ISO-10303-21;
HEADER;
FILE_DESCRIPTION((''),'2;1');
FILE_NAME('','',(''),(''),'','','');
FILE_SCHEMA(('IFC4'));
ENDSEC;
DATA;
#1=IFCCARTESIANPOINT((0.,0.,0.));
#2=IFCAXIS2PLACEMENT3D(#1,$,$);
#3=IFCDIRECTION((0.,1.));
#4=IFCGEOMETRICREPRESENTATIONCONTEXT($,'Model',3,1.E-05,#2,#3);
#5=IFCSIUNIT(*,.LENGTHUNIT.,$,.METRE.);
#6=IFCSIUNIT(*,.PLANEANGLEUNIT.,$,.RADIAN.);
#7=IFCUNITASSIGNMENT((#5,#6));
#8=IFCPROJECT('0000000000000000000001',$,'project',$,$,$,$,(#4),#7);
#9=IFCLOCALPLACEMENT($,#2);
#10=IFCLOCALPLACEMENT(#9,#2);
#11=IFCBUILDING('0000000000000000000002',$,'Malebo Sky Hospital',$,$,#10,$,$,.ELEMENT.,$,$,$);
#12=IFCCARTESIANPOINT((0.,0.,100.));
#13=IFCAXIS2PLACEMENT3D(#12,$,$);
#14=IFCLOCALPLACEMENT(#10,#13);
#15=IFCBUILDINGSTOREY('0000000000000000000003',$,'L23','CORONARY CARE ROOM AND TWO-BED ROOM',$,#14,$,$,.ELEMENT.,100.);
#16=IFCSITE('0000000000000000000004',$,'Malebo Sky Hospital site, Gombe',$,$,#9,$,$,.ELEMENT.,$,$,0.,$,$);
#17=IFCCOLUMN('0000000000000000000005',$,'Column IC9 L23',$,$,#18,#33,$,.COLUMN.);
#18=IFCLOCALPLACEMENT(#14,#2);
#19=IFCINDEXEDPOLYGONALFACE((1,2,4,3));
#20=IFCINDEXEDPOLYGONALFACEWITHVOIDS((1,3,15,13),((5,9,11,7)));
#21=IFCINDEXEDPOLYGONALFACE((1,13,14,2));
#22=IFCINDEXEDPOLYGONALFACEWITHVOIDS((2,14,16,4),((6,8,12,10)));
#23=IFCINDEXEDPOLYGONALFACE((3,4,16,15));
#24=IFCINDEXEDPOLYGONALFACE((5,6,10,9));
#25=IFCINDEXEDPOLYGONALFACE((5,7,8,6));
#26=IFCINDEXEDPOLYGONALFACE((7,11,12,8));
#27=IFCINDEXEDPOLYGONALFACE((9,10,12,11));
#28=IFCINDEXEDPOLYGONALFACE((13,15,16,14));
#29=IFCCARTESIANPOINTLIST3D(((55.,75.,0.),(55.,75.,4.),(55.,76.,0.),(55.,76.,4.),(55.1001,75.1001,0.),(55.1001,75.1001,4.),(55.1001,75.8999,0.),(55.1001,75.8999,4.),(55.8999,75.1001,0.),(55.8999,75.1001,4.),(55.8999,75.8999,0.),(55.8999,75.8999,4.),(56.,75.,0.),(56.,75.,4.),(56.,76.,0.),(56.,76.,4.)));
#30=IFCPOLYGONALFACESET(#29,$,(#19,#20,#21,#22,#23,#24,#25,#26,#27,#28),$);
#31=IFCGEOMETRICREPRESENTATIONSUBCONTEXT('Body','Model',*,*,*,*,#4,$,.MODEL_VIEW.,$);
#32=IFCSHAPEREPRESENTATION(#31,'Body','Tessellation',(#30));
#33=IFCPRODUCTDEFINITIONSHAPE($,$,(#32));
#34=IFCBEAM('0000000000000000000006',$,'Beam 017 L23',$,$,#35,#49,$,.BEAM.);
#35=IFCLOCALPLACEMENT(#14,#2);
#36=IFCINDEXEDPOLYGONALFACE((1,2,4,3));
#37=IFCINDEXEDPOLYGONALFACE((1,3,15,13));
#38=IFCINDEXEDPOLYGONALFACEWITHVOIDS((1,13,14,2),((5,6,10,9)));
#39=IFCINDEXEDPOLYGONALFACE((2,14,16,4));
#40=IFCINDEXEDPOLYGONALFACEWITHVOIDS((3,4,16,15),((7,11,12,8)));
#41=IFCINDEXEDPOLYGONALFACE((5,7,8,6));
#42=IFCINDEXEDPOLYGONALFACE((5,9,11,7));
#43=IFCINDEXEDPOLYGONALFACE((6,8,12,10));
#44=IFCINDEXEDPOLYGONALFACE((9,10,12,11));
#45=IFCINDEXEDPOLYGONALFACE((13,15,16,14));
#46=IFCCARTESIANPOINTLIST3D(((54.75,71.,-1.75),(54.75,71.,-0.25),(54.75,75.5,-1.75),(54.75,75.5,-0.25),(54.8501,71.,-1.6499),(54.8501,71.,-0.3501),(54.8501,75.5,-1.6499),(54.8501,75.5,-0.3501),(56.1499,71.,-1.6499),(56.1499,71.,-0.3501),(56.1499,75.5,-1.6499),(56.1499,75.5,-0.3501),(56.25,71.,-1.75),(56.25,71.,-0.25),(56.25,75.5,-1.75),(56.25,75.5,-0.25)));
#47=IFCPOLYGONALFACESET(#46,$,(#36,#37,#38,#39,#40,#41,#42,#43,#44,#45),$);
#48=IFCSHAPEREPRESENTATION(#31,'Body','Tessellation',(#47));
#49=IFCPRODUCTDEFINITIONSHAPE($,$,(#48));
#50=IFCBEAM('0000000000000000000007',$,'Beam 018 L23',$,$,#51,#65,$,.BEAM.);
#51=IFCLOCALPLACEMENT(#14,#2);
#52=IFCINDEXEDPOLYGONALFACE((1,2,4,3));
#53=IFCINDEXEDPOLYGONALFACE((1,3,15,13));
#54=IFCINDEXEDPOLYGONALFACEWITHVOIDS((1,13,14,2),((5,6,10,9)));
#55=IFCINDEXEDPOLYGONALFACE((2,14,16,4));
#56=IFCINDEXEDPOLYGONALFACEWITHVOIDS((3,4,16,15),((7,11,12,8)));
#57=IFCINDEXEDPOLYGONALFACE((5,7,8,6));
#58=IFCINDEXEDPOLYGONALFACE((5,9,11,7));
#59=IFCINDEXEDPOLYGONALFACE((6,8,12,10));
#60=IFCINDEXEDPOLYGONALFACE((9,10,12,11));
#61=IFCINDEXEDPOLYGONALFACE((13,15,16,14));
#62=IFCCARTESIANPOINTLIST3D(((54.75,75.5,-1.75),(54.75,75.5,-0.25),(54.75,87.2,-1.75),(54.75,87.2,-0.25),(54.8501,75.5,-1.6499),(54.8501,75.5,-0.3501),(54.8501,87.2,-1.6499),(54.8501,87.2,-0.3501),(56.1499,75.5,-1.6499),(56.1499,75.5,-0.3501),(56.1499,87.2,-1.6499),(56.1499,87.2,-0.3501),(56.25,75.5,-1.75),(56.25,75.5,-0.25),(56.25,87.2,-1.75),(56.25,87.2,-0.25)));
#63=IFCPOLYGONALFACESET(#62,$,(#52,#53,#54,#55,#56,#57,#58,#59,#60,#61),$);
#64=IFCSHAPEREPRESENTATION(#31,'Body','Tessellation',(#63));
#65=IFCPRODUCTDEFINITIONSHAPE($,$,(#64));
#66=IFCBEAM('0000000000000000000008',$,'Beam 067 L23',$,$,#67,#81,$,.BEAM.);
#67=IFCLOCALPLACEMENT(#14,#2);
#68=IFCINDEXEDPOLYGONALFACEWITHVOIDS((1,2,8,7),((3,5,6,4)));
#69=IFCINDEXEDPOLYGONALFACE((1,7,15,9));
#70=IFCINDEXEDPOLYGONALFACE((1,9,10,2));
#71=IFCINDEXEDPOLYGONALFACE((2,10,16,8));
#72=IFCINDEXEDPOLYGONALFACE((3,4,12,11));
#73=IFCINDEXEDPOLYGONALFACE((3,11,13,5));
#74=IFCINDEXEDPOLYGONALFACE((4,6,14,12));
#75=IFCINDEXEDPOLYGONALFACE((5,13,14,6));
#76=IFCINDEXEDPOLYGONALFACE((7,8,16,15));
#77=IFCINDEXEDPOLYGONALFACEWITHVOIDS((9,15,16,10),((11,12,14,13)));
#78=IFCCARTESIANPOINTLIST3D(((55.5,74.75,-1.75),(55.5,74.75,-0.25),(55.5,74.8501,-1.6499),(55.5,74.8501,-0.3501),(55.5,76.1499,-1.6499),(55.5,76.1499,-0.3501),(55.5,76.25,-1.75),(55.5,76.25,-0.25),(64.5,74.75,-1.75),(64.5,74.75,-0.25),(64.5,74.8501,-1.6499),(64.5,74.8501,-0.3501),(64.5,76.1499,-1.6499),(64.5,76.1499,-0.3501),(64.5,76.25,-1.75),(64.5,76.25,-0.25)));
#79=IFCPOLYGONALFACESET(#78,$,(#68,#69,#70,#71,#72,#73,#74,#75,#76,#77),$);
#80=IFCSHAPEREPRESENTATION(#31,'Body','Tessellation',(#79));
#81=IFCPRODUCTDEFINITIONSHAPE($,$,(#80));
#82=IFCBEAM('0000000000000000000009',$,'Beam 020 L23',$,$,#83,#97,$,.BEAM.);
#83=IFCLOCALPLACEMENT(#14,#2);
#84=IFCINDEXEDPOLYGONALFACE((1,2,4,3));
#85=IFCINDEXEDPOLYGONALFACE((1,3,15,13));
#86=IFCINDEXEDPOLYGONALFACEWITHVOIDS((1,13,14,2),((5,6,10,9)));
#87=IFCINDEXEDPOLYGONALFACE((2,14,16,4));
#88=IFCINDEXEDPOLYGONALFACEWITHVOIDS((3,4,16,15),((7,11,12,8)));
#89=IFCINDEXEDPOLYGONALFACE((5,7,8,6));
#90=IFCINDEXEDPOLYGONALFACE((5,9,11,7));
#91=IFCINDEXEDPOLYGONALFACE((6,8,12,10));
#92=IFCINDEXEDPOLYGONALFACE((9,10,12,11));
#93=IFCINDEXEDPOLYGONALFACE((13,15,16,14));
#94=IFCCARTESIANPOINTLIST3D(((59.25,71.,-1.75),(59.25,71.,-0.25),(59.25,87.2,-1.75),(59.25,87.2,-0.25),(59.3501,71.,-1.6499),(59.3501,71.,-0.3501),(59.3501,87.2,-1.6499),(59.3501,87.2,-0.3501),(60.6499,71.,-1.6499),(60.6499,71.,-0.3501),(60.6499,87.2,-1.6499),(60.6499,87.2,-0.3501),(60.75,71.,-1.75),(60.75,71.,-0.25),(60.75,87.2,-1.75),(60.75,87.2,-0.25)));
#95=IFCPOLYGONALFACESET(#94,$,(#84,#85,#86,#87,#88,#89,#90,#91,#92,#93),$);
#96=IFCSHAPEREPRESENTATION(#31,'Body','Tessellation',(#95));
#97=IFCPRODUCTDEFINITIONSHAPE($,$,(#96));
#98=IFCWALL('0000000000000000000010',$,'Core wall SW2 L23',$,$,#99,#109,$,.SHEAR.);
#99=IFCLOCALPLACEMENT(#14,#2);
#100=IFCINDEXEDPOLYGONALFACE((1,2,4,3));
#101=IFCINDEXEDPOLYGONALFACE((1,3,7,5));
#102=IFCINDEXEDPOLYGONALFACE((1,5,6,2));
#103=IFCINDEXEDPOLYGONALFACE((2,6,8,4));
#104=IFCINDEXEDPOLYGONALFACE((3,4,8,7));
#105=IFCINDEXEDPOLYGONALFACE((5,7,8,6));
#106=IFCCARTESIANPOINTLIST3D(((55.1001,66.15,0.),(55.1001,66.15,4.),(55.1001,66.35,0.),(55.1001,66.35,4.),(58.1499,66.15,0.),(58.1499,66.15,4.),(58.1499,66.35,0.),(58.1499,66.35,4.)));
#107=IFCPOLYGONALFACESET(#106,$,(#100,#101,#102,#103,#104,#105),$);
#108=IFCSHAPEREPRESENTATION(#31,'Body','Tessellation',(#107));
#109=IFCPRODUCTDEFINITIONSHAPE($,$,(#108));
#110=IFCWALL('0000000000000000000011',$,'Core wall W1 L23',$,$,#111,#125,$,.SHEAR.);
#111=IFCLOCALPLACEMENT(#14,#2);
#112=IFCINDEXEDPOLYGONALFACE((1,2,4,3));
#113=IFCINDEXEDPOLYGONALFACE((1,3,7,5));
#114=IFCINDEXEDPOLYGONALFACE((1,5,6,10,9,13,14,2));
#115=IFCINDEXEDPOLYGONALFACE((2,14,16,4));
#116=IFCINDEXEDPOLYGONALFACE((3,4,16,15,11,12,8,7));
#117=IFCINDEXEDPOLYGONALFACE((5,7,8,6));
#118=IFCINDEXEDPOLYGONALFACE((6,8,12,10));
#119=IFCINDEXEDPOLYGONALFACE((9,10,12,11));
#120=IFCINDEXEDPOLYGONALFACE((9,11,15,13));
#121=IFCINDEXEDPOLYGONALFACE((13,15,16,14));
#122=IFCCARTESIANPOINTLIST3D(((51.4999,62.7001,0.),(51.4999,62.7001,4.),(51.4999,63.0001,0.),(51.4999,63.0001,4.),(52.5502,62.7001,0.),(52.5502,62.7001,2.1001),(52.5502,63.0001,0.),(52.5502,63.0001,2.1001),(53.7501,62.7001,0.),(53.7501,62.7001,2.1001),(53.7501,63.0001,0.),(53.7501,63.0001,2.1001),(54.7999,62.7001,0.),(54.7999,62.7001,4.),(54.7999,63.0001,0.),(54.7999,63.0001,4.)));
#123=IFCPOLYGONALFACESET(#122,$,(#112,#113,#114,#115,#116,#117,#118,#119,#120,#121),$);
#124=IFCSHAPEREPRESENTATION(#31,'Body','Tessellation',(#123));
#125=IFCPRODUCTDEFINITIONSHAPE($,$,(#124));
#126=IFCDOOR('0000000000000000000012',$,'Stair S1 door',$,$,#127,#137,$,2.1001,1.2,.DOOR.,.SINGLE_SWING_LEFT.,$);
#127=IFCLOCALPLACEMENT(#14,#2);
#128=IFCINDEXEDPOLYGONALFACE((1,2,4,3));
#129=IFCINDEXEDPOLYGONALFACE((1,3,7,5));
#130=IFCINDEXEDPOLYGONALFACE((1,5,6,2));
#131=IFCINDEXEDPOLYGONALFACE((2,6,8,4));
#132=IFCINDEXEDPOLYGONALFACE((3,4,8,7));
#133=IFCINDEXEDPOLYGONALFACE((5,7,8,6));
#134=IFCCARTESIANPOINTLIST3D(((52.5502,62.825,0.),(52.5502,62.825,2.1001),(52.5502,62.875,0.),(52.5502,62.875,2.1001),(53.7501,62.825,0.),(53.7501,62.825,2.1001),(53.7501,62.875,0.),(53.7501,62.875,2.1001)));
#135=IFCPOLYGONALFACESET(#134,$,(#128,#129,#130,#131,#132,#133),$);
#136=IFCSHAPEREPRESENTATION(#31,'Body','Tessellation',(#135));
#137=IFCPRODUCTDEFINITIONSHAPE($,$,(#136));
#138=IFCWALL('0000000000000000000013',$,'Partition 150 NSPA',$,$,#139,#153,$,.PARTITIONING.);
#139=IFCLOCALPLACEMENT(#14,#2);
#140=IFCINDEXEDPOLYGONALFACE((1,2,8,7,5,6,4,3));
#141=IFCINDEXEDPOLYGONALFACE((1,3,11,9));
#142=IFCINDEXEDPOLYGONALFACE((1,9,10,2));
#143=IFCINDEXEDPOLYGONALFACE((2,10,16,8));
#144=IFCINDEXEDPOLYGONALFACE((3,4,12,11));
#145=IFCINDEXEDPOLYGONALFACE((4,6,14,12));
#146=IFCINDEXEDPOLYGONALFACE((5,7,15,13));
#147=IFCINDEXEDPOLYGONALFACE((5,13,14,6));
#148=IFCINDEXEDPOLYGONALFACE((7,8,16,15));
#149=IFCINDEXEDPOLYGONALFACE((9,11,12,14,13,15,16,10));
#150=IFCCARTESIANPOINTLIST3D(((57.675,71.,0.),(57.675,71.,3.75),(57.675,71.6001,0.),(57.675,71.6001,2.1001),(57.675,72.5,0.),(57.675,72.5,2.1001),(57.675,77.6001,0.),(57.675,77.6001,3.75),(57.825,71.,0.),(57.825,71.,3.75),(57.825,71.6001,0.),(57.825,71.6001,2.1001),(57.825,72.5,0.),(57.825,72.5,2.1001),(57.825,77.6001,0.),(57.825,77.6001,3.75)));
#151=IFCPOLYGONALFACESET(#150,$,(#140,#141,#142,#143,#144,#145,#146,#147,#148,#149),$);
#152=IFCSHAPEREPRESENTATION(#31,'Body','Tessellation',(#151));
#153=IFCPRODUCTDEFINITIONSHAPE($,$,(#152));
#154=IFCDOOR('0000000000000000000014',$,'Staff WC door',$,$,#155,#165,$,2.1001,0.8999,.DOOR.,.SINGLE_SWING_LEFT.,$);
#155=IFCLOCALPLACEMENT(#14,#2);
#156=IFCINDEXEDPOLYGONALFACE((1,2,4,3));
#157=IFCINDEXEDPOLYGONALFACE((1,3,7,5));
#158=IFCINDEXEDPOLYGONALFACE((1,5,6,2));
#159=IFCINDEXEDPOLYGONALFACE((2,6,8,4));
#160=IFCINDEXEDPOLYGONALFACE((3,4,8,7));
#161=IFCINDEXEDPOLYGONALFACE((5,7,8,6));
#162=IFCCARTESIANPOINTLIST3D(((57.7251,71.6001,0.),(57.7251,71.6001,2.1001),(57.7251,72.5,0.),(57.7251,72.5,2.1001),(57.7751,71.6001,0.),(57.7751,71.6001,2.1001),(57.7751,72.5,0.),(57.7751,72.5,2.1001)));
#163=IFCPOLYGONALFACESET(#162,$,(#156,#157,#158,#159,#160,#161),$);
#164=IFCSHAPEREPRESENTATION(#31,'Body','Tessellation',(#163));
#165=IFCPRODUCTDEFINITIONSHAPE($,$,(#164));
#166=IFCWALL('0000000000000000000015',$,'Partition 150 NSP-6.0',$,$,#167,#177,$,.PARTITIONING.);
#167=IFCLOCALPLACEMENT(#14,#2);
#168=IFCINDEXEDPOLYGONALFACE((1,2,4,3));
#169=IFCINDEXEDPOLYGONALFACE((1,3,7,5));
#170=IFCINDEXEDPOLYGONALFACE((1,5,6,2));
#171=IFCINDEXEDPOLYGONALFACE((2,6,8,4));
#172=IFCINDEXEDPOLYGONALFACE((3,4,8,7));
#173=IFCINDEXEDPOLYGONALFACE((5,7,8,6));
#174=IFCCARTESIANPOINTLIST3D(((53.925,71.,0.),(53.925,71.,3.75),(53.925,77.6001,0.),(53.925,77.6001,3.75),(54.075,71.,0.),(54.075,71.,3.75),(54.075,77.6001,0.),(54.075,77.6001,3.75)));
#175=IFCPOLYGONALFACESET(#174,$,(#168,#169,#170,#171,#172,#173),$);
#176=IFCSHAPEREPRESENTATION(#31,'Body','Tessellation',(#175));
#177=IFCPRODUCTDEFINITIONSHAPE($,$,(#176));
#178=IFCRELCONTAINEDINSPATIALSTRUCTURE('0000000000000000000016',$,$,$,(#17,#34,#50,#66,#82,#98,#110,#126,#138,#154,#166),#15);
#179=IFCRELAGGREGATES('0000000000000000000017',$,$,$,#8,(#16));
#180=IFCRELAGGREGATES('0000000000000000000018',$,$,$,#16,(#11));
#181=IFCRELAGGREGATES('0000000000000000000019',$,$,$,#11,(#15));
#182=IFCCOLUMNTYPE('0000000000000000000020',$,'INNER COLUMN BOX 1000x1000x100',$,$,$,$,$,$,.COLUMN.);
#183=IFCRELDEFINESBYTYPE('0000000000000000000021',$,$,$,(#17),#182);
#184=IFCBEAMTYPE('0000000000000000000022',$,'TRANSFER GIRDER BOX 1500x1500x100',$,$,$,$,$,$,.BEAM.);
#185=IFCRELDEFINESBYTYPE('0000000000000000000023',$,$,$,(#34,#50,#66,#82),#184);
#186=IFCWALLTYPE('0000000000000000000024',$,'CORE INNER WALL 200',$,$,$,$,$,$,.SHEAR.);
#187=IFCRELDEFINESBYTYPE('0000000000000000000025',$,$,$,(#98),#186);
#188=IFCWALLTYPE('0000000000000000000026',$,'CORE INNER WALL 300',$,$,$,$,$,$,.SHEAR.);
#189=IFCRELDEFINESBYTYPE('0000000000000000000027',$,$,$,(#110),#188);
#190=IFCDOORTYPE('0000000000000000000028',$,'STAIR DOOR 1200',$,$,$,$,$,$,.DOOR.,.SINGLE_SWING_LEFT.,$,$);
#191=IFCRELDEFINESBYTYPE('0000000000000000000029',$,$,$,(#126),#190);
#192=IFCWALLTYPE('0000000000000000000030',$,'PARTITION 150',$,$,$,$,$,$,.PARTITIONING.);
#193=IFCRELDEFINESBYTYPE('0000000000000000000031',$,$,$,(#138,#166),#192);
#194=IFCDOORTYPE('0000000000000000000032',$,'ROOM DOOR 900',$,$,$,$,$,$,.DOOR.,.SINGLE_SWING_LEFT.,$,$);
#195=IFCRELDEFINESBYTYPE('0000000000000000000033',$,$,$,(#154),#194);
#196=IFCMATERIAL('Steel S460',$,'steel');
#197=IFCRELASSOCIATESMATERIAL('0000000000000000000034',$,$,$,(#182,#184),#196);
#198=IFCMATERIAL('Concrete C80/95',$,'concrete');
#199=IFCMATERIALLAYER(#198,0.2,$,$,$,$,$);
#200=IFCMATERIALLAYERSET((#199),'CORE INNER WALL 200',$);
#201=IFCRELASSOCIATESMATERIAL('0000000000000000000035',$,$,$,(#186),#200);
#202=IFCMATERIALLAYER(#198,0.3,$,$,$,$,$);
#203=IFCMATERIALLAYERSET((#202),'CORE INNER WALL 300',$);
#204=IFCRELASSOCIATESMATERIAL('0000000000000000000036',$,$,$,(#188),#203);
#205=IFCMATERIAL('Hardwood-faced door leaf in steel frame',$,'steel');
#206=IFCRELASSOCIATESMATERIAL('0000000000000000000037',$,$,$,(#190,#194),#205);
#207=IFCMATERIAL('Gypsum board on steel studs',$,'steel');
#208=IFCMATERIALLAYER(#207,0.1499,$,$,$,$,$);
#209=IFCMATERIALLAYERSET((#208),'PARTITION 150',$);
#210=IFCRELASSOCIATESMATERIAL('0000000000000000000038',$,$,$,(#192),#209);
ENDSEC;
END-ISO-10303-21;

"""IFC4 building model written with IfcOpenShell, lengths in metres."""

from ifc_helpers import new_model, si_unit, direction, frame, frame_2d, origin, origin_2d, place, context, subcontext, project, spatial, rectangle, hollow_rectangle, extrude, material, layer, layer_set, material_profile, profile_set, type_object, element, fill, save


model = new_model("IFC4")

# Units and contexts
model_context = context("Model", 3, precision=1e-05, world=origin(), true_north=direction((0.0, 1.0)))
body_context = subcontext(model_context, "Body", "Model", "MODEL_VIEW")
ifc_project = project(units=[si_unit("LENGTHUNIT", "METRE"), si_unit("PLANEANGLEUNIT", "RADIAN")], contexts=[model_context])

# Site, building, storey
site_placement = place(None, origin())
site = spatial("IfcSite", under=ifc_project, at=site_placement, Name="Malebo Sky Hospital site, Gombe", CompositionType="ELEMENT", RefElevation=0.0)
building_placement = place(site_placement, origin())
building = spatial("IfcBuilding", under=site, at=building_placement, Name="Malebo Sky Hospital", CompositionType="ELEMENT")
storey_placement = place(building_placement, frame((0.0, 0.0, 100.0)))
storey = spatial("IfcBuildingStorey", under=building, at=storey_placement, Name="L23", Description="CORONARY CARE ROOM AND TWO-BED ROOM", CompositionType="ELEMENT", Elevation=100.0)

# Column
ifc_material_1 = material(Name="Steel S460", Category="steel")
ifc_material_profile_1 = material_profile(ifc_material_1, hollow_rectangle(XDim=1.0, YDim=1.0, WallThickness=0.1001, at=origin_2d()), Name="BOX 1000x1000x100")
ifc_profile_set_1 = profile_set([ifc_material_profile_1], Name="Steel S460")
column_type = type_object("IfcColumnType", Name="INNER COLUMN BOX 1000x1000x100", PredefinedType="COLUMN", material=ifc_profile_set_1)
column_placement = place(storey_placement, frame((55.5, 75.5, 0.0), z_axis=(0.0, 0.0, 1.0), x_axis=(1.0, 0.0, 0.0)))
element("IfcColumn", 1, at=column_placement, inside=storey, type_object=column_type, Name="Column IC9 L23", PredefinedType="COLUMN", context=body_context, shape_type="SweptSolid", body=[
    extrude(hollow_rectangle(XDim=1.0, YDim=1.0, WallThickness=0.1001, at=origin_2d()), origin(), (0.0, 0.0, 1.0), 4.0),
])

# Beams
ifc_material_profile_2 = material_profile(ifc_material_1, hollow_rectangle(XDim=1.5, YDim=1.5, WallThickness=0.1001, at=origin_2d()), Name="BOX 1500x1500x100")
ifc_profile_set_2 = profile_set([ifc_material_profile_2], Name="Steel S460")
beam_type = type_object("IfcBeamType", Name="TRANSFER GIRDER BOX 1500x1500x100", PredefinedType="BEAM", material=ifc_profile_set_2)
beam_1_placement = place(storey_placement, frame((55.5, 71.0, -1.0), z_axis=(0.0, 1.0, 0.0), x_axis=(-1.0, 0.0, 0.0)))
element("IfcBeam", 2, at=beam_1_placement, inside=storey, type_object=beam_type, Name="Beam 017 L23", PredefinedType="BEAM", context=body_context, shape_type="SweptSolid", body=[
    extrude(hollow_rectangle(XDim=1.5, YDim=1.5, WallThickness=0.1001, at=origin_2d()), origin(), (0.0, 0.0, 1.0), 4.5),
])
beam_2_placement = place(storey_placement, frame((55.5, 75.5, -1.0), z_axis=(0.0, 1.0, 0.0), x_axis=(-1.0, 0.0, 0.0)))
element("IfcBeam", 3, at=beam_2_placement, inside=storey, type_object=beam_type, Name="Beam 018 L23", PredefinedType="BEAM", context=body_context, shape_type="SweptSolid", body=[
    extrude(hollow_rectangle(XDim=1.5, YDim=1.5, WallThickness=0.1001, at=origin_2d()), origin(), (0.0, 0.0, 1.0), 11.7),
])
beam_3_placement = place(storey_placement, frame((55.5, 75.5, -1.0), z_axis=(1.0, 0.0, 0.0), x_axis=(0.0, 1.0, 0.0)))
element("IfcBeam", 4, at=beam_3_placement, inside=storey, type_object=beam_type, Name="Beam 067 L23", PredefinedType="BEAM", context=body_context, shape_type="SweptSolid", body=[
    extrude(hollow_rectangle(XDim=1.5, YDim=1.5, WallThickness=0.1001, at=origin_2d()), origin(), (0.0, 0.0, 1.0), 9.0),
])
beam_4_placement = place(storey_placement, frame((60.0, 71.0, -1.0), z_axis=(0.0, 1.0, 0.0), x_axis=(-1.0, 0.0, 0.0)))
element("IfcBeam", 5, at=beam_4_placement, inside=storey, type_object=beam_type, Name="Beam 020 L23", PredefinedType="BEAM", context=body_context, shape_type="SweptSolid", body=[
    extrude(hollow_rectangle(XDim=1.5, YDim=1.5, WallThickness=0.1001, at=origin_2d()), origin(), (0.0, 0.0, 1.0), 16.2),
])

# Wall
ifc_material_2 = material(Name="Concrete C80/95", Category="concrete")
ifc_layer_1 = layer(ifc_material_2, 0.2)
ifc_layer_set_1 = layer_set([ifc_layer_1], Name="CORE INNER WALL 200")
wall_type_1 = type_object("IfcWallType", Name="CORE INNER WALL 200", PredefinedType="SHEAR", material=ifc_layer_set_1)
wall_1_placement = place(storey_placement, frame((55.1001, 66.25, 0.0), z_axis=(0.0, 0.0, 1.0), x_axis=(1.0, 0.0, 0.0)))
element("IfcWall", 6, at=wall_1_placement, inside=storey, type_object=wall_type_1, Name="Core wall SW2 L23", PredefinedType="SHEAR", context=body_context, shape_type="SweptSolid", body=[
    extrude(rectangle(XDim=3.0498, YDim=0.2, at=frame_2d((1.5249, 0.0))), origin(), (0.0, 0.0, 1.0), 4.0),
])

# Walls, openings, doors
ifc_layer_2 = layer(ifc_material_2, 0.3)
ifc_layer_set_2 = layer_set([ifc_layer_2], Name="CORE INNER WALL 300")
wall_type_2 = type_object("IfcWallType", Name="CORE INNER WALL 300", PredefinedType="SHEAR", material=ifc_layer_set_2)
wall_2_placement = place(storey_placement, frame((51.5, 62.8501, 0.0), z_axis=(0.0, 0.0, 1.0), x_axis=(1.0, 0.0, 0.0)))
wall_2 = element("IfcWall", 7, at=wall_2_placement, inside=storey, type_object=wall_type_2, Name="Core wall W1 L23", PredefinedType="SHEAR", context=body_context, shape_type="SweptSolid", body=[
    extrude(rectangle(XDim=3.3, YDim=0.3, at=frame_2d((1.6499, 0.0))), origin(), (0.0, 0.0, 1.0), 4.0),
])
opening_1_placement = place(wall_2_placement, frame((1.05, 0.0, 0.0)))
opening_1 = element("IfcOpeningElement", 8, at=opening_1_placement, cuts=wall_2, PredefinedType="OPENING", context=body_context, shape_type="SweptSolid", body=[
    extrude(rectangle(XDim=1.2, YDim=2.1001, at=frame_2d((0.6001, 1.05))), frame((0.0, 0.1599, 0.0), z_axis=(0.0, -1.0, 0.0), x_axis=(1.0, 0.0, 0.0)), (0.0, 0.0, 1.0), 0.3201),
])
ifc_material_3 = material(Name="Hardwood-faced door leaf in steel frame", Category="steel")
door_type_1 = type_object("IfcDoorType", Name="STAIR DOOR 1200", OperationType="SINGLE_SWING_LEFT", PredefinedType="DOOR", material=ifc_material_3)
door_1_placement = place(opening_1_placement, origin())
door_1 = element("IfcDoor", 9, at=door_1_placement, inside=storey, type_object=door_type_1, Name="Stair S1 door", OperationType="SINGLE_SWING_LEFT", OverallHeight=2.1001, OverallWidth=1.2, PredefinedType="DOOR", context=body_context, shape_type="SweptSolid", body=[
    extrude(rectangle(XDim=1.2, YDim=2.1001, at=frame_2d((0.6001, 1.05))), frame((0.0, 0.0249, 0.0), z_axis=(0.0, -1.0, 0.0), x_axis=(1.0, 0.0, 0.0)), (0.0, 0.0, 1.0), 0.05),
])
fill(opening_1, door_1)
ifc_material_4 = material(Name="Gypsum board on steel studs", Category="steel")
ifc_layer_3 = layer(ifc_material_4, 0.1499)
ifc_layer_set_3 = layer_set([ifc_layer_3], Name="PARTITION 150")
wall_type_3 = type_object("IfcWallType", Name="PARTITION 150", PredefinedType="PARTITIONING", material=ifc_layer_set_3)
wall_3_placement = place(storey_placement, frame((57.75, 71.0, 0.0), z_axis=(0.0, 0.0, 1.0), x_axis=(0.0, 1.0, 0.0)))
wall_3 = element("IfcWall", 10, at=wall_3_placement, inside=storey, type_object=wall_type_3, Name="Partition 150 NSPA", PredefinedType="PARTITIONING", context=body_context, shape_type="SweptSolid", body=[
    extrude(rectangle(XDim=6.6001, YDim=0.1499, at=frame_2d((3.3, 0.0))), origin(), (0.0, 0.0, 1.0), 3.75),
])
opening_2_placement = place(wall_3_placement, frame((0.6001, 0.0, 0.0)))
opening_2 = element("IfcOpeningElement", 11, at=opening_2_placement, cuts=wall_3, PredefinedType="OPENING", context=body_context, shape_type="SweptSolid", body=[
    extrude(rectangle(XDim=0.8999, YDim=2.1001, at=frame_2d((0.45, 1.05))), frame((0.0, 0.085, 0.0), z_axis=(0.0, -1.0, 0.0), x_axis=(1.0, 0.0, 0.0)), (0.0, 0.0, 1.0), 0.1699),
])
door_type_2 = type_object("IfcDoorType", Name="ROOM DOOR 900", OperationType="SINGLE_SWING_LEFT", PredefinedType="DOOR", material=ifc_material_3)
door_2_placement = place(opening_2_placement, origin())
door_2 = element("IfcDoor", 12, at=door_2_placement, inside=storey, type_object=door_type_2, Name="Staff WC door", OperationType="SINGLE_SWING_LEFT", OverallHeight=2.1001, OverallWidth=0.8999, PredefinedType="DOOR", context=body_context, shape_type="SweptSolid", body=[
    extrude(rectangle(XDim=0.8999, YDim=2.1001, at=frame_2d((0.45, 1.05))), frame((0.0, 0.0249, 0.0), z_axis=(0.0, -1.0, 0.0), x_axis=(1.0, 0.0, 0.0)), (0.0, 0.0, 1.0), 0.05),
])
fill(opening_2, door_2)

# Wall
wall_4_placement = place(storey_placement, frame((54.0, 71.0, 0.0), z_axis=(0.0, 0.0, 1.0), x_axis=(0.0, 1.0, 0.0)))
element("IfcWall", 13, at=wall_4_placement, inside=storey, type_object=wall_type_3, Name="Partition 150 NSP-6.0", PredefinedType="PARTITIONING", context=body_context, shape_type="SweptSolid", body=[
    extrude(rectangle(XDim=6.6001, YDim=0.1499, at=frame_2d((3.3, 0.0))), origin(), (0.0, 0.0, 1.0), 3.75),
])

save(model, "model.ifc")
